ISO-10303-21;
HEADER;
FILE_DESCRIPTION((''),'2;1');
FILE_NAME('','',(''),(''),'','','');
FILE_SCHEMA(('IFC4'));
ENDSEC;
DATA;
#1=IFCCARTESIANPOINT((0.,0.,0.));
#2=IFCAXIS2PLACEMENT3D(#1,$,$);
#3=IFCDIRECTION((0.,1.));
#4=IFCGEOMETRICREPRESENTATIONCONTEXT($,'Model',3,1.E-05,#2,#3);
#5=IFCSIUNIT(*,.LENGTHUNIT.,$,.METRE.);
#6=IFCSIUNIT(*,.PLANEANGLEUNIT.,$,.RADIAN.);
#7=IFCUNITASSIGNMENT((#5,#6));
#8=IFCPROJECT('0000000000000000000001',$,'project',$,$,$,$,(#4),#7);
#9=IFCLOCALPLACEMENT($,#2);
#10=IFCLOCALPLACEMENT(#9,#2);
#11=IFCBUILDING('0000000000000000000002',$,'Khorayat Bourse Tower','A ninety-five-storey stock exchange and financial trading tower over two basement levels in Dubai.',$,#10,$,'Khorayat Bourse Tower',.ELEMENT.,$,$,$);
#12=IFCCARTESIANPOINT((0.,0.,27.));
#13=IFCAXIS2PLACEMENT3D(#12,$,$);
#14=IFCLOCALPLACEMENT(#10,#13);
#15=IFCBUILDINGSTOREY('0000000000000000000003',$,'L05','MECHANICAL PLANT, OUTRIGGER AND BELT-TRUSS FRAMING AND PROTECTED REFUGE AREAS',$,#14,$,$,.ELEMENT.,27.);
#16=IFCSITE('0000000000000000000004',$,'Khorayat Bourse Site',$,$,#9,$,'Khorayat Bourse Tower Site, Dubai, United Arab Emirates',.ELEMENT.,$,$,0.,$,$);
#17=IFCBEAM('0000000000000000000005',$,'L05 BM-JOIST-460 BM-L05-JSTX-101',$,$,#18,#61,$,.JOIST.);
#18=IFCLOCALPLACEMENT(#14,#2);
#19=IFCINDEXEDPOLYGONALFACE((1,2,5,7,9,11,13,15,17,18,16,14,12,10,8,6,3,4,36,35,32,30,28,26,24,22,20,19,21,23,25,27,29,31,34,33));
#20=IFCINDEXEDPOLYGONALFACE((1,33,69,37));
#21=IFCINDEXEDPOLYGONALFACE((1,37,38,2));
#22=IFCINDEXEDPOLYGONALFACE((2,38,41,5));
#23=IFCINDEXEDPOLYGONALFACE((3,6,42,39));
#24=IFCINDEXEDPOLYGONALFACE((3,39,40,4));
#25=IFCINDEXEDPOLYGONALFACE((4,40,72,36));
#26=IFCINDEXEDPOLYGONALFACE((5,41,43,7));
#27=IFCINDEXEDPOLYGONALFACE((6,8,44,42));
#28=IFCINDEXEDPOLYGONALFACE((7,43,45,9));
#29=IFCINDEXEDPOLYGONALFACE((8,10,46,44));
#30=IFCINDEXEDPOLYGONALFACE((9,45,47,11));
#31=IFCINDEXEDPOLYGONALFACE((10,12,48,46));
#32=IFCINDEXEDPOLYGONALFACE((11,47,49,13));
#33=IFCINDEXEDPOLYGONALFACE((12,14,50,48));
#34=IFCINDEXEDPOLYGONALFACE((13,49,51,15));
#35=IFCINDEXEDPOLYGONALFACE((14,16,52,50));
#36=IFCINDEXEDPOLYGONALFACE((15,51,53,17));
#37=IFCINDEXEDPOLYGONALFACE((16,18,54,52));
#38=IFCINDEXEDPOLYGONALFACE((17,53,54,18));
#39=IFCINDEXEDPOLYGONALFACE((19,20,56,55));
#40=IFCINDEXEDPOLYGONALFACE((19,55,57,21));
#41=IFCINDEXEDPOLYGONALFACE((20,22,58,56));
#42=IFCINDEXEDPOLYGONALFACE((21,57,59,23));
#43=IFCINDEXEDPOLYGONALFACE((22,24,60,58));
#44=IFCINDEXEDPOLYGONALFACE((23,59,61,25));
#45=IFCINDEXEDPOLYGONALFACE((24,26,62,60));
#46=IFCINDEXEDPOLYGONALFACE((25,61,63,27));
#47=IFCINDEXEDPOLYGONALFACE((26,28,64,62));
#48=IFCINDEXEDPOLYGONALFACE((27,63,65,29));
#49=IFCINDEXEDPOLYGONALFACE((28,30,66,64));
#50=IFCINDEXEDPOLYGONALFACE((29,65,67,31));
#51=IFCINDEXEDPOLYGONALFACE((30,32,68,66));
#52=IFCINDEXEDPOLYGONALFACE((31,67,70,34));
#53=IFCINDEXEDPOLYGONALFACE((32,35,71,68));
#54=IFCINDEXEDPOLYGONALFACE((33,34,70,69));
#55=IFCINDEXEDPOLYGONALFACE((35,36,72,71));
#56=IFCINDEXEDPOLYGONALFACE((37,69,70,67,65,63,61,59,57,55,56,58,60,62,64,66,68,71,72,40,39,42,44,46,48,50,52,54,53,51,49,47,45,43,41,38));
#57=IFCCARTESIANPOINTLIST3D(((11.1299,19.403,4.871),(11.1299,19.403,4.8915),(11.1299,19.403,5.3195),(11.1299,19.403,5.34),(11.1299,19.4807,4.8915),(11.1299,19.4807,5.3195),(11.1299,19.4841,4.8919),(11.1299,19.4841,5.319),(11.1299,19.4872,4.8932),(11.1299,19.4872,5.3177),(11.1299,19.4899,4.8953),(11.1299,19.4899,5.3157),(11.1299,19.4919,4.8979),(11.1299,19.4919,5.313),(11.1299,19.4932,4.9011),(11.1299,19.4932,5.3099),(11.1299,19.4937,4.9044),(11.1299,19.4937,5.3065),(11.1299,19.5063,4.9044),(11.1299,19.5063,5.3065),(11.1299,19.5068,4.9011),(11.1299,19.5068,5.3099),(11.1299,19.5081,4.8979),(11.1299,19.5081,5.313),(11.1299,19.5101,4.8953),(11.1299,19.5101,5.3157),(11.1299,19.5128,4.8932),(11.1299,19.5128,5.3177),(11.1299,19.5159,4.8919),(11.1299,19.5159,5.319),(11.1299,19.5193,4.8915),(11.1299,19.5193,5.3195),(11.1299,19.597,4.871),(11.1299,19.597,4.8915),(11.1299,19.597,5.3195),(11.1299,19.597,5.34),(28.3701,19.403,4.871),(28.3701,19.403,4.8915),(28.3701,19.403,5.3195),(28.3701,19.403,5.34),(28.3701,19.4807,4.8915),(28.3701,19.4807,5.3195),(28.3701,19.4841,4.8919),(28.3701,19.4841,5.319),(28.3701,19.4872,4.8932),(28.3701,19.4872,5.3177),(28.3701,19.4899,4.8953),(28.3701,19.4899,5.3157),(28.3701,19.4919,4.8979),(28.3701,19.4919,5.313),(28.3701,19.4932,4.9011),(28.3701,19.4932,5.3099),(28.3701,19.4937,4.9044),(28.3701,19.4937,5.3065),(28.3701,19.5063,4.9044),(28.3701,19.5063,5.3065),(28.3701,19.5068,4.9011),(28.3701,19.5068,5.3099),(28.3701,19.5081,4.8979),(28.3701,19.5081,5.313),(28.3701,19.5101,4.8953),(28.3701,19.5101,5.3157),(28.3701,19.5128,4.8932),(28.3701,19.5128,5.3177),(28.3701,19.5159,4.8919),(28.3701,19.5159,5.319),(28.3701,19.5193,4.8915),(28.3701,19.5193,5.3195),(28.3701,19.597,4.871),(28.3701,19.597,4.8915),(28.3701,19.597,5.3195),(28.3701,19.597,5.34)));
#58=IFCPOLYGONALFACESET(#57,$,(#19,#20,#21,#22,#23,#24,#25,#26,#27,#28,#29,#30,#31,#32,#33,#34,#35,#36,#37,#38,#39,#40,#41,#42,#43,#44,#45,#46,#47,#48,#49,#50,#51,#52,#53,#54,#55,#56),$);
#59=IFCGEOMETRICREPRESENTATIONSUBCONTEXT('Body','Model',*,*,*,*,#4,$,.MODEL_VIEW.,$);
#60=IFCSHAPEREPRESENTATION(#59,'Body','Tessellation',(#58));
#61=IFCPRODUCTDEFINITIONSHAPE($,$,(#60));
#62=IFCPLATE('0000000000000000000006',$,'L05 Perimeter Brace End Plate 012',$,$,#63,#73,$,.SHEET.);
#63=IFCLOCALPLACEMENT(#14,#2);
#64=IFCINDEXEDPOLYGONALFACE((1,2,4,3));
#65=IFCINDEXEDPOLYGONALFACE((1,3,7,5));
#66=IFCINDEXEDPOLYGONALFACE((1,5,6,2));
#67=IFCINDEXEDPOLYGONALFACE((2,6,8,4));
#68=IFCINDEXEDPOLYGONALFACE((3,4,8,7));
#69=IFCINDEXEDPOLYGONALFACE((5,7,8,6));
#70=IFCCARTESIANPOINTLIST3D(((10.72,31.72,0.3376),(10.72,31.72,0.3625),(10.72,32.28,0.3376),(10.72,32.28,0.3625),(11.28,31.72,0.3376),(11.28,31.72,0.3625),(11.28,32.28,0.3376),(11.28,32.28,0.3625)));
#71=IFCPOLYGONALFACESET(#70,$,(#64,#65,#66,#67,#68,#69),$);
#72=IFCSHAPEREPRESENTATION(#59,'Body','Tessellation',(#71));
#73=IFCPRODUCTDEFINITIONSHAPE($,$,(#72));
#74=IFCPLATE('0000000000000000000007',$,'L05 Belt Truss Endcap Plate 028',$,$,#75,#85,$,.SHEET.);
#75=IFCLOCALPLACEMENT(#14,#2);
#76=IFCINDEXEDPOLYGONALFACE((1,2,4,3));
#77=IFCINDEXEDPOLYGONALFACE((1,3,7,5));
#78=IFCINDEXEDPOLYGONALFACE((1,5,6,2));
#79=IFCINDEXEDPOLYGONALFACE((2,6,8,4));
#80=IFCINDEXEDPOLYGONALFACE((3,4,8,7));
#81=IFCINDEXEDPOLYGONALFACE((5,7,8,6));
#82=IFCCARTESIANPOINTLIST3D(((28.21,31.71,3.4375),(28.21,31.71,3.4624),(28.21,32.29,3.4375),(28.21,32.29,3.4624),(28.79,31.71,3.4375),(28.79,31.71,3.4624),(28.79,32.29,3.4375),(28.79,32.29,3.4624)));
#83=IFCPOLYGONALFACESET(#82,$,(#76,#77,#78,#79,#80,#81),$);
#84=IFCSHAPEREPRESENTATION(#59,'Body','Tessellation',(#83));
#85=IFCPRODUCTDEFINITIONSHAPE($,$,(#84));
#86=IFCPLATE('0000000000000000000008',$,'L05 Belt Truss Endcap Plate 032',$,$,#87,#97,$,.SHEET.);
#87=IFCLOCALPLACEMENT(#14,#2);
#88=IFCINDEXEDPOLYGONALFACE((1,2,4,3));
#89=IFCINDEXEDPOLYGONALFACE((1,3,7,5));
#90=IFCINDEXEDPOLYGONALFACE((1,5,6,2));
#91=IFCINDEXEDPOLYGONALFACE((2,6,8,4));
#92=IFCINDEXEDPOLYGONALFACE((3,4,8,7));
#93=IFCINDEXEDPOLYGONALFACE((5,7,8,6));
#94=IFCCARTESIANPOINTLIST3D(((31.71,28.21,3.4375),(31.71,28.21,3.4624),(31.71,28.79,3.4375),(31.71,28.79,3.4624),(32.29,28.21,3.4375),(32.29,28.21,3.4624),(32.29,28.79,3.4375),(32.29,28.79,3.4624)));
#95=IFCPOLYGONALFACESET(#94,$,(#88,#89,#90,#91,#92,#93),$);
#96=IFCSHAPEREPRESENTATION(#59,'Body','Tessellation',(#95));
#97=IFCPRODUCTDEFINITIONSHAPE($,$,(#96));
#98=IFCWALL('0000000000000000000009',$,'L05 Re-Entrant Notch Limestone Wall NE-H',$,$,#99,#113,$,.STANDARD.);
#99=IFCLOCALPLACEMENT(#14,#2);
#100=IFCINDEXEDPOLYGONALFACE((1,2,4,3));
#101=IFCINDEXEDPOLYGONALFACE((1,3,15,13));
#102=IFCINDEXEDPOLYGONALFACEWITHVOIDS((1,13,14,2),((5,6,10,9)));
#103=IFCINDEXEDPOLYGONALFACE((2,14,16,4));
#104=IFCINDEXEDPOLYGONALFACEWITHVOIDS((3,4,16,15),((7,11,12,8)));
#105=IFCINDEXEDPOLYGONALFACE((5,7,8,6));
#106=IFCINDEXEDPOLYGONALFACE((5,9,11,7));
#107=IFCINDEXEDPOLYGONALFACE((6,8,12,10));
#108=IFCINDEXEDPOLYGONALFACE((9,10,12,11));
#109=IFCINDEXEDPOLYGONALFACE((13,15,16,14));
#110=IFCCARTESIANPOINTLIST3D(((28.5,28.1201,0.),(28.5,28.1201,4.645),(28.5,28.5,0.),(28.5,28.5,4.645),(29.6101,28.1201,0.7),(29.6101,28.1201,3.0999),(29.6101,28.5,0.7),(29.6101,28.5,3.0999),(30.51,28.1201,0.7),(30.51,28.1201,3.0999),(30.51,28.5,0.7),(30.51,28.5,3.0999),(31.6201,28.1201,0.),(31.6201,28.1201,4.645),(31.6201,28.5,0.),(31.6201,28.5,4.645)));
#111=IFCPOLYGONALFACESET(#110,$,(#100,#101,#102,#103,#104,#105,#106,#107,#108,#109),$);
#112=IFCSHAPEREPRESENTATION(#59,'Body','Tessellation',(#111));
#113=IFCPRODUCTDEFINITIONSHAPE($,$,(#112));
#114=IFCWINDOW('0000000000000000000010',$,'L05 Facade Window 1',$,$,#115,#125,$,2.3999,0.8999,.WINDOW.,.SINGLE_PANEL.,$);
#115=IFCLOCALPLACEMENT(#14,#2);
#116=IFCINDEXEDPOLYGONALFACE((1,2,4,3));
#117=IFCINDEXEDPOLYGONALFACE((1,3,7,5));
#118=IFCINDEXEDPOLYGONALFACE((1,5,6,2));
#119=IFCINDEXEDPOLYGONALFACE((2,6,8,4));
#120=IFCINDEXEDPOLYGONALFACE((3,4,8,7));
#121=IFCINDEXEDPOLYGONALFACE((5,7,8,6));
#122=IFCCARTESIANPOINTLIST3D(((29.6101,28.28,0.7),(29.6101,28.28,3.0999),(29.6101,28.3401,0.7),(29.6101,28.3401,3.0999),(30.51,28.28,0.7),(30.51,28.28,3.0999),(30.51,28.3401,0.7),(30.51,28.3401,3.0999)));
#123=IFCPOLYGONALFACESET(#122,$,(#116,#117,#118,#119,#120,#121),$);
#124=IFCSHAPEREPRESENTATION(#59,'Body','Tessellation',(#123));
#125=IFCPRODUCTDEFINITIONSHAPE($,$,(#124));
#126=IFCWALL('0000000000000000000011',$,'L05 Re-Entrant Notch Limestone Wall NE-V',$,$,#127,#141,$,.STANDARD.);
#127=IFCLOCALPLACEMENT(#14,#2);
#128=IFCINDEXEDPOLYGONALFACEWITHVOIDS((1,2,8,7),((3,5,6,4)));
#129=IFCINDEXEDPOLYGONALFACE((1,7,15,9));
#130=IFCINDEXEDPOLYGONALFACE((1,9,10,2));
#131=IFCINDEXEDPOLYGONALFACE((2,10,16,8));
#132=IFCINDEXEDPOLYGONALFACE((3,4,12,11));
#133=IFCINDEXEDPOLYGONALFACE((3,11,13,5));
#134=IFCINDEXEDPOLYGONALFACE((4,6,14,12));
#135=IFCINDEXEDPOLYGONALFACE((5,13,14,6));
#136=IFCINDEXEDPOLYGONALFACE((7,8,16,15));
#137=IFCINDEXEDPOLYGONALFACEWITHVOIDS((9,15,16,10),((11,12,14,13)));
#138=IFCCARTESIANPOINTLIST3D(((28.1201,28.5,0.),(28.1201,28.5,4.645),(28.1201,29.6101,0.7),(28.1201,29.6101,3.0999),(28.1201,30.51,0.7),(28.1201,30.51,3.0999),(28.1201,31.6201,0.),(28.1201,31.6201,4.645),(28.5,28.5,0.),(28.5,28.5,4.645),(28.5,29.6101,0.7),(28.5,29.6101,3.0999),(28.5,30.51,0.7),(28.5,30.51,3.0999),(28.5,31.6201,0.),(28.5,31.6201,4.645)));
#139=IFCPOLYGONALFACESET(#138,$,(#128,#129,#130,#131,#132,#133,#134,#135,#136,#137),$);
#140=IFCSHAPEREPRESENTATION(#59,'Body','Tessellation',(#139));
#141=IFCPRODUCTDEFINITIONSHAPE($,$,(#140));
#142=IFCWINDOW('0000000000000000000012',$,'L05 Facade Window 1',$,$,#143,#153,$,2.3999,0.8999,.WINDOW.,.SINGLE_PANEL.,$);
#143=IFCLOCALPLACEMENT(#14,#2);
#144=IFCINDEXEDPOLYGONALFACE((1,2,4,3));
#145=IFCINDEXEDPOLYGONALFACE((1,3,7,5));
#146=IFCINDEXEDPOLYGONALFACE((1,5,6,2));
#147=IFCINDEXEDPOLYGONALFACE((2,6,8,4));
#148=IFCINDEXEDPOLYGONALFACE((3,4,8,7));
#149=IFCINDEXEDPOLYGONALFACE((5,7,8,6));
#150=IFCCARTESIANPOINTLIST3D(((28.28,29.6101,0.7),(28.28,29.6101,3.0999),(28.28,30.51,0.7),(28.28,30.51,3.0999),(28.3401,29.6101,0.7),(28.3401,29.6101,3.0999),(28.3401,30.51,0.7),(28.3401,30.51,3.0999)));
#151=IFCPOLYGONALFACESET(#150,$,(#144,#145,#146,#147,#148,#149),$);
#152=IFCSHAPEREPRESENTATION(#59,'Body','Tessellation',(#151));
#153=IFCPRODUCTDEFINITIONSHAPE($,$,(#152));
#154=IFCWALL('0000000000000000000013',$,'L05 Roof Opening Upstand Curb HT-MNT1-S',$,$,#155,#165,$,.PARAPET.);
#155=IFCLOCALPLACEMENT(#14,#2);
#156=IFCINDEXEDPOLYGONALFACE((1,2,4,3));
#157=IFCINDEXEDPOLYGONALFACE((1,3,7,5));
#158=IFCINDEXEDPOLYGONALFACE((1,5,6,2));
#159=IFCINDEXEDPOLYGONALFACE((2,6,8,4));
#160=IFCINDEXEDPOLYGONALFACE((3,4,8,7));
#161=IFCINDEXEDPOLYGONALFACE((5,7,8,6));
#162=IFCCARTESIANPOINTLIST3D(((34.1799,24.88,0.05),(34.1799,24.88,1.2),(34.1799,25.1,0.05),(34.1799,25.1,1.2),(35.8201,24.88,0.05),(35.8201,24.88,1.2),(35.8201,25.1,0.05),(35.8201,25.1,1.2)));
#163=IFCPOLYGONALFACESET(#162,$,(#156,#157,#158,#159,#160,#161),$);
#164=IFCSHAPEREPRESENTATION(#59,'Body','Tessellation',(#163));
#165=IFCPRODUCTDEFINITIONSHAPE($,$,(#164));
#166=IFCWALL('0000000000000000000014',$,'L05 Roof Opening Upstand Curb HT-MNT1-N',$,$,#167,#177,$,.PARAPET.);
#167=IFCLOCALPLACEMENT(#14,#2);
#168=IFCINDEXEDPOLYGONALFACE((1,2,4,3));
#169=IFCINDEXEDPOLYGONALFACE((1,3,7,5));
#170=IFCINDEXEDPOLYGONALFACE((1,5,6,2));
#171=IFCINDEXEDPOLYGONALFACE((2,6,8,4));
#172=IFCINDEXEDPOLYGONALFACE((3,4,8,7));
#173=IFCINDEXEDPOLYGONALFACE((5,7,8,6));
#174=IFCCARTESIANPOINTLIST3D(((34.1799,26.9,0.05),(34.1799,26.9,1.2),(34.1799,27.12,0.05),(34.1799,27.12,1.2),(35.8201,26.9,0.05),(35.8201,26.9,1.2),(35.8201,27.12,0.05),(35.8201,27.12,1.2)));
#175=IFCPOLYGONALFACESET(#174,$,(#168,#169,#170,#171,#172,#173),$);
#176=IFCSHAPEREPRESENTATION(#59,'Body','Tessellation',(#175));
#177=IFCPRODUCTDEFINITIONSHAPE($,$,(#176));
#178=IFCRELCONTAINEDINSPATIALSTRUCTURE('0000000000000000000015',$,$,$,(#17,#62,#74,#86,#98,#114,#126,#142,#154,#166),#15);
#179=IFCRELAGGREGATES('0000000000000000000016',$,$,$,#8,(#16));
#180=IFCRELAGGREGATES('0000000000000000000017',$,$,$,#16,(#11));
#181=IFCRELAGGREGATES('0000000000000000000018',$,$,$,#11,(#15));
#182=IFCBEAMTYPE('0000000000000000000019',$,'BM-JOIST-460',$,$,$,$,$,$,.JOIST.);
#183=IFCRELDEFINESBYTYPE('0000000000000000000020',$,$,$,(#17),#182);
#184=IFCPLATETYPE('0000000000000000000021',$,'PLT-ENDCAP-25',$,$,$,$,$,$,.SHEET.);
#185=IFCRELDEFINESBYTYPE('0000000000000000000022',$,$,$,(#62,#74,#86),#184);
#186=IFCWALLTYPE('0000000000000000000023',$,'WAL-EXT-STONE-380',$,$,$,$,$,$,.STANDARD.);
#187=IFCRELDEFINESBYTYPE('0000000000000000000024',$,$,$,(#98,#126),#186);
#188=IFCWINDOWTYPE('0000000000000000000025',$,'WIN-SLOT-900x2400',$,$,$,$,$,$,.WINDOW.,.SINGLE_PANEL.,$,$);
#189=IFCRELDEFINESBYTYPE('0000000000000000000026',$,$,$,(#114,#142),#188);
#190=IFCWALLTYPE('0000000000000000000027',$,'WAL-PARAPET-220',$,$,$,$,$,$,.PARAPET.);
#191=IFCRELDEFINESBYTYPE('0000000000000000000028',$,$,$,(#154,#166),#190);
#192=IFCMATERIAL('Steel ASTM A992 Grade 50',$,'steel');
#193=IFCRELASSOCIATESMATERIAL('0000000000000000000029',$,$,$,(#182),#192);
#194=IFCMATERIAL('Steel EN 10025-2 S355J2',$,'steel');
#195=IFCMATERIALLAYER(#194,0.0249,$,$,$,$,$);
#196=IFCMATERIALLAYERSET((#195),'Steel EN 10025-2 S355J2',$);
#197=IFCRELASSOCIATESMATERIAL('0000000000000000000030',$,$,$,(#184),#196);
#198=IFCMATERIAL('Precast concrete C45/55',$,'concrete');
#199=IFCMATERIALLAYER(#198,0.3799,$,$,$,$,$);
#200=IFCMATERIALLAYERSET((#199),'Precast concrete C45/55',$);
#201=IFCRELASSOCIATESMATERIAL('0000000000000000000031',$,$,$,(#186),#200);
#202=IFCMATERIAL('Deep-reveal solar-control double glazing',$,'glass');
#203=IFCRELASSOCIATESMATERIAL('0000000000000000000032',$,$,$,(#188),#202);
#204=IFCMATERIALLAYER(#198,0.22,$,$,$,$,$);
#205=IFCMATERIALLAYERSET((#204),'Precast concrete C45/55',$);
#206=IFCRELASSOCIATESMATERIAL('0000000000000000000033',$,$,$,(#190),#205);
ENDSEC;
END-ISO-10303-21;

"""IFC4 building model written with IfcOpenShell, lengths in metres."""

from ifc_helpers import new_model, si_unit, direction, frame, frame_2d, origin, origin_2d, place, context, subcontext, project, spatial, rectangle, i_section, extrude, source, transform, mapped, material, layer, layer_set, material_profile, profile_set, type_object, element, fill, save


model = new_model("IFC4")

# Units and contexts
model_context = context("Model", 3, precision=1e-05, world=origin(), true_north=direction((0.0, 1.0)))
body_context = subcontext(model_context, "Body", "Model", "MODEL_VIEW")
ifc_project = project(units=[si_unit("LENGTHUNIT", "METRE"), si_unit("PLANEANGLEUNIT", "RADIAN")], contexts=[model_context])

# Site, building, storey
site_placement = place(None, origin())
site = spatial("IfcSite", under=ifc_project, at=site_placement, Name="Khorayat Bourse Site", LongName="Khorayat Bourse Tower Site, Dubai, United Arab Emirates", CompositionType="ELEMENT", RefElevation=0.0)
building_placement = place(site_placement, origin())
building = spatial("IfcBuilding", under=site, at=building_placement, Name="Khorayat Bourse Tower", Description="A ninety-five-storey stock exchange and financial trading tower over two basement levels in Dubai.", LongName="Khorayat Bourse Tower", CompositionType="ELEMENT")
storey_placement = place(building_placement, frame((0.0, 0.0, 27.0)))
storey = spatial("IfcBuildingStorey", under=building, at=storey_placement, Name="L05", Description="MECHANICAL PLANT, OUTRIGGER AND BELT-TRUSS FRAMING AND PROTECTED REFUGE AREAS", CompositionType="ELEMENT", Elevation=27.0)

# Beam
ifc_material_1 = material(Name="Steel ASTM A992 Grade 50", Category="steel")
ifc_material_profile_1 = material_profile(ifc_material_1, i_section(OverallWidth=0.1941, OverallDepth=0.469, WebThickness=0.0127, FlangeThickness=0.0205, FilletRadius=0.0129, at=origin_2d()), Name="W460X106")
ifc_profile_set_1 = profile_set([ifc_material_profile_1], Name="Steel ASTM A992 Grade 50")
beam_type_1 = type_object("IfcBeamType", Name="BM-JOIST-460", PredefinedType="JOIST", material=ifc_profile_set_1)
shared_shape_1 = source(origin(), body_context, "Body", "SweptSolid", [
    extrude(i_section(OverallWidth=0.1941, OverallDepth=0.469, WebThickness=0.0127, FlangeThickness=0.0205, FilletRadius=0.0129, at=origin_2d()), origin(), (0.0, 0.0, 1.0), 17.2402),
])
beam_1_placement = place(storey_placement, frame((11.1299, 19.5, 5.1055), z_axis=(1.0, 0.0, 0.0), x_axis=(0.0, 1.0, 0.0)))
element("IfcBeam", 1, at=beam_1_placement, inside=storey, type_object=beam_type_1, Name="L05 BM-JOIST-460 BM-L05-JSTX-101", PredefinedType="JOIST", context=body_context, shape_type="MappedRepresentation", body=[
    mapped(shared_shape_1, transform((0.0, 0.0, 0.0), scale=1.0)),
])

# Plates
ifc_material_2 = material(Name="Steel EN 10025-2 S355J2", Category="steel")
ifc_layer_1 = layer(ifc_material_2, 0.0249)
ifc_layer_set_1 = layer_set([ifc_layer_1], Name="Steel EN 10025-2 S355J2")
plate_type = type_object("IfcPlateType", Name="PLT-ENDCAP-25", PredefinedType="SHEET", material=ifc_layer_set_1)
shared_shape_2 = source(origin(), body_context, "Body", "SweptSolid", [
    extrude(rectangle(XDim=0.5601, YDim=0.5601, at=origin_2d()), origin(), (0.0, 0.0, 1.0), 0.0249),
])
plate_placement = place(storey_placement, frame((11.0, 32.0, 0.3376), z_axis=(0.0, 0.0, 1.0), x_axis=(1.0, 0.0, 0.0)))
element("IfcPlate", 2, at=plate_placement, inside=storey, type_object=plate_type, Name="L05 Perimeter Brace End Plate 012", PredefinedType="SHEET", context=body_context, shape_type="MappedRepresentation", body=[
    mapped(shared_shape_2, transform((0.0, 0.0, 0.0), scale=1.0)),
])
shared_shape_3 = source(origin(), body_context, "Body", "SweptSolid", [
    extrude(rectangle(XDim=0.5801, YDim=0.5801, at=origin_2d()), origin(), (0.0, 0.0, 1.0), 0.0249),
])
for number, where, z_axis, x_axis, name in (
    (3, (28.5, 32.0, 3.4375), (0.0, 0.0, 1.0), (1.0, 0.0, 0.0), "L05 Belt Truss Endcap Plate 028"),
    (4, (32.0, 28.5, 3.4375), (0.0, 0.0, 1.0), (1.0, 0.0, 0.0), "L05 Belt Truss Endcap Plate 032"),
):
    element("IfcPlate", number, at=place(storey_placement, frame(where, z_axis=z_axis, x_axis=x_axis)), inside=storey, type_object=plate_type, Name=name, PredefinedType="SHEET", context=body_context, shape_type="MappedRepresentation", body=[
        mapped(shared_shape_3, transform((0.0, 0.0, 0.0), scale=1.0)),
    ])

# Walls, openings, windows
ifc_material_3 = material(Name="Precast concrete C45/55", Category="concrete")
ifc_layer_2 = layer(ifc_material_3, 0.3799)
ifc_layer_set_2 = layer_set([ifc_layer_2], Name="Precast concrete C45/55")
wall_type_1 = type_object("IfcWallType", Name="WAL-EXT-STONE-380", PredefinedType="STANDARD", material=ifc_layer_set_2)
shared_shape_4 = source(origin(), body_context, "Body", "SweptSolid", [
    extrude(rectangle(XDim=3.1201, YDim=0.3799, at=frame_2d((1.5601, 0.0))), origin(), (0.0, 0.0, 1.0), 4.645),
])
wall_1_placement = place(storey_placement, frame((28.5, 28.3101, 0.0), z_axis=(0.0, 0.0, 1.0), x_axis=(1.0, 0.0, 0.0)))
wall_1 = element("IfcWall", 5, at=wall_1_placement, inside=storey, type_object=wall_type_1, Name="L05 Re-Entrant Notch Limestone Wall NE-H", PredefinedType="STANDARD", context=body_context, shape_type="MappedRepresentation", body=[
    mapped(shared_shape_4, transform((0.0, 0.0, 0.0), scale=1.0)),
])
shared_shape_5 = source(origin(), body_context, "Body", "SweptSolid", [
    extrude(rectangle(XDim=0.8999, YDim=2.3999, at=frame_2d((0.45, 1.2))), frame((0.0, 0.2, 0.0), z_axis=(0.0, -1.0, 0.0), x_axis=(1.0, 0.0, 0.0)), (0.0, 0.0, 1.0), 0.3999),
])
opening_1_placement = place(wall_1_placement, frame((1.1101, 0.0, 0.7)))
opening_1 = element("IfcOpeningElement", 6, at=opening_1_placement, cuts=wall_1, PredefinedType="OPENING", context=body_context, shape_type="MappedRepresentation", body=[
    mapped(shared_shape_5, transform((0.0, 0.0, 0.0), scale=1.0)),
])
ifc_material_4 = material(Name="Deep-reveal solar-control double glazing", Category="glass")
window_type = type_object("IfcWindowType", Name="WIN-SLOT-900x2400", PartitioningType="SINGLE_PANEL", PredefinedType="WINDOW", material=ifc_material_4)
shared_shape_6 = source(origin(), body_context, "Body", "SweptSolid", [
    extrude(rectangle(XDim=0.8999, YDim=2.3999, at=frame_2d((0.45, 1.2))), frame((0.0, 0.03, 0.0), z_axis=(0.0, -1.0, 0.0), x_axis=(1.0, 0.0, 0.0)), (0.0, 0.0, 1.0), 0.0601),
])
window_1_placement = place(opening_1_placement, origin())
window_1 = element("IfcWindow", 7, at=window_1_placement, inside=storey, type_object=window_type, Name="L05 Facade Window 1", OverallHeight=2.3999, OverallWidth=0.8999, PartitioningType="SINGLE_PANEL", PredefinedType="WINDOW", context=body_context, shape_type="MappedRepresentation", body=[
    mapped(shared_shape_6, transform((0.0, 0.0, 0.0), scale=1.0)),
])
fill(opening_1, window_1)
wall_2_placement = place(storey_placement, frame((28.3101, 28.5, 0.0), z_axis=(0.0, 0.0, 1.0), x_axis=(0.0, 1.0, 0.0)))
wall_2 = element("IfcWall", 8, at=wall_2_placement, inside=storey, type_object=wall_type_1, Name="L05 Re-Entrant Notch Limestone Wall NE-V", PredefinedType="STANDARD", context=body_context, shape_type="MappedRepresentation", body=[
    mapped(shared_shape_4, transform((0.0, 0.0, 0.0), scale=1.0)),
])
opening_2_placement = place(wall_2_placement, frame((1.1101, 0.0, 0.7)))
opening_2 = element("IfcOpeningElement", 9, at=opening_2_placement, cuts=wall_2, PredefinedType="OPENING", context=body_context, shape_type="MappedRepresentation", body=[
    mapped(shared_shape_5, transform((0.0, 0.0, 0.0), scale=1.0)),
])
window_2_placement = place(opening_2_placement, origin())
window_2 = element("IfcWindow", 10, at=window_2_placement, inside=storey, type_object=window_type, Name="L05 Facade Window 1", OverallHeight=2.3999, OverallWidth=0.8999, PartitioningType="SINGLE_PANEL", PredefinedType="WINDOW", context=body_context, shape_type="MappedRepresentation", body=[
    mapped(shared_shape_6, transform((0.0, 0.0, 0.0), scale=1.0)),
])
fill(opening_2, window_2)

# Walls
ifc_layer_3 = layer(ifc_material_3, 0.22)
ifc_layer_set_3 = layer_set([ifc_layer_3], Name="Precast concrete C45/55")
wall_type_2 = type_object("IfcWallType", Name="WAL-PARAPET-220", PredefinedType="PARAPET", material=ifc_layer_set_3)
shared_shape_7 = source(origin(), body_context, "Body", "SweptSolid", [
    extrude(rectangle(XDim=1.6401, YDim=0.22, at=frame_2d((0.8201, 0.0))), origin(), (0.0, 0.0, 1.0), 1.1499),
])
for number, where, z_axis, x_axis, name in (
    (11, (34.1799, 24.99, 0.05), (0.0, 0.0, 1.0), (1.0, 0.0, 0.0), "L05 Roof Opening Upstand Curb HT-MNT1-S"),
    (12, (34.1799, 27.01, 0.05), (0.0, 0.0, 1.0), (1.0, 0.0, 0.0), "L05 Roof Opening Upstand Curb HT-MNT1-N"),
):
    element("IfcWall", number, at=place(storey_placement, frame(where, z_axis=z_axis, x_axis=x_axis)), inside=storey, type_object=wall_type_2, Name=name, PredefinedType="PARAPET", context=body_context, shape_type="MappedRepresentation", body=[
        mapped(shared_shape_7, transform((0.0, 0.0, 0.0), scale=1.0)),
    ])

save(model, "model.ifc")
